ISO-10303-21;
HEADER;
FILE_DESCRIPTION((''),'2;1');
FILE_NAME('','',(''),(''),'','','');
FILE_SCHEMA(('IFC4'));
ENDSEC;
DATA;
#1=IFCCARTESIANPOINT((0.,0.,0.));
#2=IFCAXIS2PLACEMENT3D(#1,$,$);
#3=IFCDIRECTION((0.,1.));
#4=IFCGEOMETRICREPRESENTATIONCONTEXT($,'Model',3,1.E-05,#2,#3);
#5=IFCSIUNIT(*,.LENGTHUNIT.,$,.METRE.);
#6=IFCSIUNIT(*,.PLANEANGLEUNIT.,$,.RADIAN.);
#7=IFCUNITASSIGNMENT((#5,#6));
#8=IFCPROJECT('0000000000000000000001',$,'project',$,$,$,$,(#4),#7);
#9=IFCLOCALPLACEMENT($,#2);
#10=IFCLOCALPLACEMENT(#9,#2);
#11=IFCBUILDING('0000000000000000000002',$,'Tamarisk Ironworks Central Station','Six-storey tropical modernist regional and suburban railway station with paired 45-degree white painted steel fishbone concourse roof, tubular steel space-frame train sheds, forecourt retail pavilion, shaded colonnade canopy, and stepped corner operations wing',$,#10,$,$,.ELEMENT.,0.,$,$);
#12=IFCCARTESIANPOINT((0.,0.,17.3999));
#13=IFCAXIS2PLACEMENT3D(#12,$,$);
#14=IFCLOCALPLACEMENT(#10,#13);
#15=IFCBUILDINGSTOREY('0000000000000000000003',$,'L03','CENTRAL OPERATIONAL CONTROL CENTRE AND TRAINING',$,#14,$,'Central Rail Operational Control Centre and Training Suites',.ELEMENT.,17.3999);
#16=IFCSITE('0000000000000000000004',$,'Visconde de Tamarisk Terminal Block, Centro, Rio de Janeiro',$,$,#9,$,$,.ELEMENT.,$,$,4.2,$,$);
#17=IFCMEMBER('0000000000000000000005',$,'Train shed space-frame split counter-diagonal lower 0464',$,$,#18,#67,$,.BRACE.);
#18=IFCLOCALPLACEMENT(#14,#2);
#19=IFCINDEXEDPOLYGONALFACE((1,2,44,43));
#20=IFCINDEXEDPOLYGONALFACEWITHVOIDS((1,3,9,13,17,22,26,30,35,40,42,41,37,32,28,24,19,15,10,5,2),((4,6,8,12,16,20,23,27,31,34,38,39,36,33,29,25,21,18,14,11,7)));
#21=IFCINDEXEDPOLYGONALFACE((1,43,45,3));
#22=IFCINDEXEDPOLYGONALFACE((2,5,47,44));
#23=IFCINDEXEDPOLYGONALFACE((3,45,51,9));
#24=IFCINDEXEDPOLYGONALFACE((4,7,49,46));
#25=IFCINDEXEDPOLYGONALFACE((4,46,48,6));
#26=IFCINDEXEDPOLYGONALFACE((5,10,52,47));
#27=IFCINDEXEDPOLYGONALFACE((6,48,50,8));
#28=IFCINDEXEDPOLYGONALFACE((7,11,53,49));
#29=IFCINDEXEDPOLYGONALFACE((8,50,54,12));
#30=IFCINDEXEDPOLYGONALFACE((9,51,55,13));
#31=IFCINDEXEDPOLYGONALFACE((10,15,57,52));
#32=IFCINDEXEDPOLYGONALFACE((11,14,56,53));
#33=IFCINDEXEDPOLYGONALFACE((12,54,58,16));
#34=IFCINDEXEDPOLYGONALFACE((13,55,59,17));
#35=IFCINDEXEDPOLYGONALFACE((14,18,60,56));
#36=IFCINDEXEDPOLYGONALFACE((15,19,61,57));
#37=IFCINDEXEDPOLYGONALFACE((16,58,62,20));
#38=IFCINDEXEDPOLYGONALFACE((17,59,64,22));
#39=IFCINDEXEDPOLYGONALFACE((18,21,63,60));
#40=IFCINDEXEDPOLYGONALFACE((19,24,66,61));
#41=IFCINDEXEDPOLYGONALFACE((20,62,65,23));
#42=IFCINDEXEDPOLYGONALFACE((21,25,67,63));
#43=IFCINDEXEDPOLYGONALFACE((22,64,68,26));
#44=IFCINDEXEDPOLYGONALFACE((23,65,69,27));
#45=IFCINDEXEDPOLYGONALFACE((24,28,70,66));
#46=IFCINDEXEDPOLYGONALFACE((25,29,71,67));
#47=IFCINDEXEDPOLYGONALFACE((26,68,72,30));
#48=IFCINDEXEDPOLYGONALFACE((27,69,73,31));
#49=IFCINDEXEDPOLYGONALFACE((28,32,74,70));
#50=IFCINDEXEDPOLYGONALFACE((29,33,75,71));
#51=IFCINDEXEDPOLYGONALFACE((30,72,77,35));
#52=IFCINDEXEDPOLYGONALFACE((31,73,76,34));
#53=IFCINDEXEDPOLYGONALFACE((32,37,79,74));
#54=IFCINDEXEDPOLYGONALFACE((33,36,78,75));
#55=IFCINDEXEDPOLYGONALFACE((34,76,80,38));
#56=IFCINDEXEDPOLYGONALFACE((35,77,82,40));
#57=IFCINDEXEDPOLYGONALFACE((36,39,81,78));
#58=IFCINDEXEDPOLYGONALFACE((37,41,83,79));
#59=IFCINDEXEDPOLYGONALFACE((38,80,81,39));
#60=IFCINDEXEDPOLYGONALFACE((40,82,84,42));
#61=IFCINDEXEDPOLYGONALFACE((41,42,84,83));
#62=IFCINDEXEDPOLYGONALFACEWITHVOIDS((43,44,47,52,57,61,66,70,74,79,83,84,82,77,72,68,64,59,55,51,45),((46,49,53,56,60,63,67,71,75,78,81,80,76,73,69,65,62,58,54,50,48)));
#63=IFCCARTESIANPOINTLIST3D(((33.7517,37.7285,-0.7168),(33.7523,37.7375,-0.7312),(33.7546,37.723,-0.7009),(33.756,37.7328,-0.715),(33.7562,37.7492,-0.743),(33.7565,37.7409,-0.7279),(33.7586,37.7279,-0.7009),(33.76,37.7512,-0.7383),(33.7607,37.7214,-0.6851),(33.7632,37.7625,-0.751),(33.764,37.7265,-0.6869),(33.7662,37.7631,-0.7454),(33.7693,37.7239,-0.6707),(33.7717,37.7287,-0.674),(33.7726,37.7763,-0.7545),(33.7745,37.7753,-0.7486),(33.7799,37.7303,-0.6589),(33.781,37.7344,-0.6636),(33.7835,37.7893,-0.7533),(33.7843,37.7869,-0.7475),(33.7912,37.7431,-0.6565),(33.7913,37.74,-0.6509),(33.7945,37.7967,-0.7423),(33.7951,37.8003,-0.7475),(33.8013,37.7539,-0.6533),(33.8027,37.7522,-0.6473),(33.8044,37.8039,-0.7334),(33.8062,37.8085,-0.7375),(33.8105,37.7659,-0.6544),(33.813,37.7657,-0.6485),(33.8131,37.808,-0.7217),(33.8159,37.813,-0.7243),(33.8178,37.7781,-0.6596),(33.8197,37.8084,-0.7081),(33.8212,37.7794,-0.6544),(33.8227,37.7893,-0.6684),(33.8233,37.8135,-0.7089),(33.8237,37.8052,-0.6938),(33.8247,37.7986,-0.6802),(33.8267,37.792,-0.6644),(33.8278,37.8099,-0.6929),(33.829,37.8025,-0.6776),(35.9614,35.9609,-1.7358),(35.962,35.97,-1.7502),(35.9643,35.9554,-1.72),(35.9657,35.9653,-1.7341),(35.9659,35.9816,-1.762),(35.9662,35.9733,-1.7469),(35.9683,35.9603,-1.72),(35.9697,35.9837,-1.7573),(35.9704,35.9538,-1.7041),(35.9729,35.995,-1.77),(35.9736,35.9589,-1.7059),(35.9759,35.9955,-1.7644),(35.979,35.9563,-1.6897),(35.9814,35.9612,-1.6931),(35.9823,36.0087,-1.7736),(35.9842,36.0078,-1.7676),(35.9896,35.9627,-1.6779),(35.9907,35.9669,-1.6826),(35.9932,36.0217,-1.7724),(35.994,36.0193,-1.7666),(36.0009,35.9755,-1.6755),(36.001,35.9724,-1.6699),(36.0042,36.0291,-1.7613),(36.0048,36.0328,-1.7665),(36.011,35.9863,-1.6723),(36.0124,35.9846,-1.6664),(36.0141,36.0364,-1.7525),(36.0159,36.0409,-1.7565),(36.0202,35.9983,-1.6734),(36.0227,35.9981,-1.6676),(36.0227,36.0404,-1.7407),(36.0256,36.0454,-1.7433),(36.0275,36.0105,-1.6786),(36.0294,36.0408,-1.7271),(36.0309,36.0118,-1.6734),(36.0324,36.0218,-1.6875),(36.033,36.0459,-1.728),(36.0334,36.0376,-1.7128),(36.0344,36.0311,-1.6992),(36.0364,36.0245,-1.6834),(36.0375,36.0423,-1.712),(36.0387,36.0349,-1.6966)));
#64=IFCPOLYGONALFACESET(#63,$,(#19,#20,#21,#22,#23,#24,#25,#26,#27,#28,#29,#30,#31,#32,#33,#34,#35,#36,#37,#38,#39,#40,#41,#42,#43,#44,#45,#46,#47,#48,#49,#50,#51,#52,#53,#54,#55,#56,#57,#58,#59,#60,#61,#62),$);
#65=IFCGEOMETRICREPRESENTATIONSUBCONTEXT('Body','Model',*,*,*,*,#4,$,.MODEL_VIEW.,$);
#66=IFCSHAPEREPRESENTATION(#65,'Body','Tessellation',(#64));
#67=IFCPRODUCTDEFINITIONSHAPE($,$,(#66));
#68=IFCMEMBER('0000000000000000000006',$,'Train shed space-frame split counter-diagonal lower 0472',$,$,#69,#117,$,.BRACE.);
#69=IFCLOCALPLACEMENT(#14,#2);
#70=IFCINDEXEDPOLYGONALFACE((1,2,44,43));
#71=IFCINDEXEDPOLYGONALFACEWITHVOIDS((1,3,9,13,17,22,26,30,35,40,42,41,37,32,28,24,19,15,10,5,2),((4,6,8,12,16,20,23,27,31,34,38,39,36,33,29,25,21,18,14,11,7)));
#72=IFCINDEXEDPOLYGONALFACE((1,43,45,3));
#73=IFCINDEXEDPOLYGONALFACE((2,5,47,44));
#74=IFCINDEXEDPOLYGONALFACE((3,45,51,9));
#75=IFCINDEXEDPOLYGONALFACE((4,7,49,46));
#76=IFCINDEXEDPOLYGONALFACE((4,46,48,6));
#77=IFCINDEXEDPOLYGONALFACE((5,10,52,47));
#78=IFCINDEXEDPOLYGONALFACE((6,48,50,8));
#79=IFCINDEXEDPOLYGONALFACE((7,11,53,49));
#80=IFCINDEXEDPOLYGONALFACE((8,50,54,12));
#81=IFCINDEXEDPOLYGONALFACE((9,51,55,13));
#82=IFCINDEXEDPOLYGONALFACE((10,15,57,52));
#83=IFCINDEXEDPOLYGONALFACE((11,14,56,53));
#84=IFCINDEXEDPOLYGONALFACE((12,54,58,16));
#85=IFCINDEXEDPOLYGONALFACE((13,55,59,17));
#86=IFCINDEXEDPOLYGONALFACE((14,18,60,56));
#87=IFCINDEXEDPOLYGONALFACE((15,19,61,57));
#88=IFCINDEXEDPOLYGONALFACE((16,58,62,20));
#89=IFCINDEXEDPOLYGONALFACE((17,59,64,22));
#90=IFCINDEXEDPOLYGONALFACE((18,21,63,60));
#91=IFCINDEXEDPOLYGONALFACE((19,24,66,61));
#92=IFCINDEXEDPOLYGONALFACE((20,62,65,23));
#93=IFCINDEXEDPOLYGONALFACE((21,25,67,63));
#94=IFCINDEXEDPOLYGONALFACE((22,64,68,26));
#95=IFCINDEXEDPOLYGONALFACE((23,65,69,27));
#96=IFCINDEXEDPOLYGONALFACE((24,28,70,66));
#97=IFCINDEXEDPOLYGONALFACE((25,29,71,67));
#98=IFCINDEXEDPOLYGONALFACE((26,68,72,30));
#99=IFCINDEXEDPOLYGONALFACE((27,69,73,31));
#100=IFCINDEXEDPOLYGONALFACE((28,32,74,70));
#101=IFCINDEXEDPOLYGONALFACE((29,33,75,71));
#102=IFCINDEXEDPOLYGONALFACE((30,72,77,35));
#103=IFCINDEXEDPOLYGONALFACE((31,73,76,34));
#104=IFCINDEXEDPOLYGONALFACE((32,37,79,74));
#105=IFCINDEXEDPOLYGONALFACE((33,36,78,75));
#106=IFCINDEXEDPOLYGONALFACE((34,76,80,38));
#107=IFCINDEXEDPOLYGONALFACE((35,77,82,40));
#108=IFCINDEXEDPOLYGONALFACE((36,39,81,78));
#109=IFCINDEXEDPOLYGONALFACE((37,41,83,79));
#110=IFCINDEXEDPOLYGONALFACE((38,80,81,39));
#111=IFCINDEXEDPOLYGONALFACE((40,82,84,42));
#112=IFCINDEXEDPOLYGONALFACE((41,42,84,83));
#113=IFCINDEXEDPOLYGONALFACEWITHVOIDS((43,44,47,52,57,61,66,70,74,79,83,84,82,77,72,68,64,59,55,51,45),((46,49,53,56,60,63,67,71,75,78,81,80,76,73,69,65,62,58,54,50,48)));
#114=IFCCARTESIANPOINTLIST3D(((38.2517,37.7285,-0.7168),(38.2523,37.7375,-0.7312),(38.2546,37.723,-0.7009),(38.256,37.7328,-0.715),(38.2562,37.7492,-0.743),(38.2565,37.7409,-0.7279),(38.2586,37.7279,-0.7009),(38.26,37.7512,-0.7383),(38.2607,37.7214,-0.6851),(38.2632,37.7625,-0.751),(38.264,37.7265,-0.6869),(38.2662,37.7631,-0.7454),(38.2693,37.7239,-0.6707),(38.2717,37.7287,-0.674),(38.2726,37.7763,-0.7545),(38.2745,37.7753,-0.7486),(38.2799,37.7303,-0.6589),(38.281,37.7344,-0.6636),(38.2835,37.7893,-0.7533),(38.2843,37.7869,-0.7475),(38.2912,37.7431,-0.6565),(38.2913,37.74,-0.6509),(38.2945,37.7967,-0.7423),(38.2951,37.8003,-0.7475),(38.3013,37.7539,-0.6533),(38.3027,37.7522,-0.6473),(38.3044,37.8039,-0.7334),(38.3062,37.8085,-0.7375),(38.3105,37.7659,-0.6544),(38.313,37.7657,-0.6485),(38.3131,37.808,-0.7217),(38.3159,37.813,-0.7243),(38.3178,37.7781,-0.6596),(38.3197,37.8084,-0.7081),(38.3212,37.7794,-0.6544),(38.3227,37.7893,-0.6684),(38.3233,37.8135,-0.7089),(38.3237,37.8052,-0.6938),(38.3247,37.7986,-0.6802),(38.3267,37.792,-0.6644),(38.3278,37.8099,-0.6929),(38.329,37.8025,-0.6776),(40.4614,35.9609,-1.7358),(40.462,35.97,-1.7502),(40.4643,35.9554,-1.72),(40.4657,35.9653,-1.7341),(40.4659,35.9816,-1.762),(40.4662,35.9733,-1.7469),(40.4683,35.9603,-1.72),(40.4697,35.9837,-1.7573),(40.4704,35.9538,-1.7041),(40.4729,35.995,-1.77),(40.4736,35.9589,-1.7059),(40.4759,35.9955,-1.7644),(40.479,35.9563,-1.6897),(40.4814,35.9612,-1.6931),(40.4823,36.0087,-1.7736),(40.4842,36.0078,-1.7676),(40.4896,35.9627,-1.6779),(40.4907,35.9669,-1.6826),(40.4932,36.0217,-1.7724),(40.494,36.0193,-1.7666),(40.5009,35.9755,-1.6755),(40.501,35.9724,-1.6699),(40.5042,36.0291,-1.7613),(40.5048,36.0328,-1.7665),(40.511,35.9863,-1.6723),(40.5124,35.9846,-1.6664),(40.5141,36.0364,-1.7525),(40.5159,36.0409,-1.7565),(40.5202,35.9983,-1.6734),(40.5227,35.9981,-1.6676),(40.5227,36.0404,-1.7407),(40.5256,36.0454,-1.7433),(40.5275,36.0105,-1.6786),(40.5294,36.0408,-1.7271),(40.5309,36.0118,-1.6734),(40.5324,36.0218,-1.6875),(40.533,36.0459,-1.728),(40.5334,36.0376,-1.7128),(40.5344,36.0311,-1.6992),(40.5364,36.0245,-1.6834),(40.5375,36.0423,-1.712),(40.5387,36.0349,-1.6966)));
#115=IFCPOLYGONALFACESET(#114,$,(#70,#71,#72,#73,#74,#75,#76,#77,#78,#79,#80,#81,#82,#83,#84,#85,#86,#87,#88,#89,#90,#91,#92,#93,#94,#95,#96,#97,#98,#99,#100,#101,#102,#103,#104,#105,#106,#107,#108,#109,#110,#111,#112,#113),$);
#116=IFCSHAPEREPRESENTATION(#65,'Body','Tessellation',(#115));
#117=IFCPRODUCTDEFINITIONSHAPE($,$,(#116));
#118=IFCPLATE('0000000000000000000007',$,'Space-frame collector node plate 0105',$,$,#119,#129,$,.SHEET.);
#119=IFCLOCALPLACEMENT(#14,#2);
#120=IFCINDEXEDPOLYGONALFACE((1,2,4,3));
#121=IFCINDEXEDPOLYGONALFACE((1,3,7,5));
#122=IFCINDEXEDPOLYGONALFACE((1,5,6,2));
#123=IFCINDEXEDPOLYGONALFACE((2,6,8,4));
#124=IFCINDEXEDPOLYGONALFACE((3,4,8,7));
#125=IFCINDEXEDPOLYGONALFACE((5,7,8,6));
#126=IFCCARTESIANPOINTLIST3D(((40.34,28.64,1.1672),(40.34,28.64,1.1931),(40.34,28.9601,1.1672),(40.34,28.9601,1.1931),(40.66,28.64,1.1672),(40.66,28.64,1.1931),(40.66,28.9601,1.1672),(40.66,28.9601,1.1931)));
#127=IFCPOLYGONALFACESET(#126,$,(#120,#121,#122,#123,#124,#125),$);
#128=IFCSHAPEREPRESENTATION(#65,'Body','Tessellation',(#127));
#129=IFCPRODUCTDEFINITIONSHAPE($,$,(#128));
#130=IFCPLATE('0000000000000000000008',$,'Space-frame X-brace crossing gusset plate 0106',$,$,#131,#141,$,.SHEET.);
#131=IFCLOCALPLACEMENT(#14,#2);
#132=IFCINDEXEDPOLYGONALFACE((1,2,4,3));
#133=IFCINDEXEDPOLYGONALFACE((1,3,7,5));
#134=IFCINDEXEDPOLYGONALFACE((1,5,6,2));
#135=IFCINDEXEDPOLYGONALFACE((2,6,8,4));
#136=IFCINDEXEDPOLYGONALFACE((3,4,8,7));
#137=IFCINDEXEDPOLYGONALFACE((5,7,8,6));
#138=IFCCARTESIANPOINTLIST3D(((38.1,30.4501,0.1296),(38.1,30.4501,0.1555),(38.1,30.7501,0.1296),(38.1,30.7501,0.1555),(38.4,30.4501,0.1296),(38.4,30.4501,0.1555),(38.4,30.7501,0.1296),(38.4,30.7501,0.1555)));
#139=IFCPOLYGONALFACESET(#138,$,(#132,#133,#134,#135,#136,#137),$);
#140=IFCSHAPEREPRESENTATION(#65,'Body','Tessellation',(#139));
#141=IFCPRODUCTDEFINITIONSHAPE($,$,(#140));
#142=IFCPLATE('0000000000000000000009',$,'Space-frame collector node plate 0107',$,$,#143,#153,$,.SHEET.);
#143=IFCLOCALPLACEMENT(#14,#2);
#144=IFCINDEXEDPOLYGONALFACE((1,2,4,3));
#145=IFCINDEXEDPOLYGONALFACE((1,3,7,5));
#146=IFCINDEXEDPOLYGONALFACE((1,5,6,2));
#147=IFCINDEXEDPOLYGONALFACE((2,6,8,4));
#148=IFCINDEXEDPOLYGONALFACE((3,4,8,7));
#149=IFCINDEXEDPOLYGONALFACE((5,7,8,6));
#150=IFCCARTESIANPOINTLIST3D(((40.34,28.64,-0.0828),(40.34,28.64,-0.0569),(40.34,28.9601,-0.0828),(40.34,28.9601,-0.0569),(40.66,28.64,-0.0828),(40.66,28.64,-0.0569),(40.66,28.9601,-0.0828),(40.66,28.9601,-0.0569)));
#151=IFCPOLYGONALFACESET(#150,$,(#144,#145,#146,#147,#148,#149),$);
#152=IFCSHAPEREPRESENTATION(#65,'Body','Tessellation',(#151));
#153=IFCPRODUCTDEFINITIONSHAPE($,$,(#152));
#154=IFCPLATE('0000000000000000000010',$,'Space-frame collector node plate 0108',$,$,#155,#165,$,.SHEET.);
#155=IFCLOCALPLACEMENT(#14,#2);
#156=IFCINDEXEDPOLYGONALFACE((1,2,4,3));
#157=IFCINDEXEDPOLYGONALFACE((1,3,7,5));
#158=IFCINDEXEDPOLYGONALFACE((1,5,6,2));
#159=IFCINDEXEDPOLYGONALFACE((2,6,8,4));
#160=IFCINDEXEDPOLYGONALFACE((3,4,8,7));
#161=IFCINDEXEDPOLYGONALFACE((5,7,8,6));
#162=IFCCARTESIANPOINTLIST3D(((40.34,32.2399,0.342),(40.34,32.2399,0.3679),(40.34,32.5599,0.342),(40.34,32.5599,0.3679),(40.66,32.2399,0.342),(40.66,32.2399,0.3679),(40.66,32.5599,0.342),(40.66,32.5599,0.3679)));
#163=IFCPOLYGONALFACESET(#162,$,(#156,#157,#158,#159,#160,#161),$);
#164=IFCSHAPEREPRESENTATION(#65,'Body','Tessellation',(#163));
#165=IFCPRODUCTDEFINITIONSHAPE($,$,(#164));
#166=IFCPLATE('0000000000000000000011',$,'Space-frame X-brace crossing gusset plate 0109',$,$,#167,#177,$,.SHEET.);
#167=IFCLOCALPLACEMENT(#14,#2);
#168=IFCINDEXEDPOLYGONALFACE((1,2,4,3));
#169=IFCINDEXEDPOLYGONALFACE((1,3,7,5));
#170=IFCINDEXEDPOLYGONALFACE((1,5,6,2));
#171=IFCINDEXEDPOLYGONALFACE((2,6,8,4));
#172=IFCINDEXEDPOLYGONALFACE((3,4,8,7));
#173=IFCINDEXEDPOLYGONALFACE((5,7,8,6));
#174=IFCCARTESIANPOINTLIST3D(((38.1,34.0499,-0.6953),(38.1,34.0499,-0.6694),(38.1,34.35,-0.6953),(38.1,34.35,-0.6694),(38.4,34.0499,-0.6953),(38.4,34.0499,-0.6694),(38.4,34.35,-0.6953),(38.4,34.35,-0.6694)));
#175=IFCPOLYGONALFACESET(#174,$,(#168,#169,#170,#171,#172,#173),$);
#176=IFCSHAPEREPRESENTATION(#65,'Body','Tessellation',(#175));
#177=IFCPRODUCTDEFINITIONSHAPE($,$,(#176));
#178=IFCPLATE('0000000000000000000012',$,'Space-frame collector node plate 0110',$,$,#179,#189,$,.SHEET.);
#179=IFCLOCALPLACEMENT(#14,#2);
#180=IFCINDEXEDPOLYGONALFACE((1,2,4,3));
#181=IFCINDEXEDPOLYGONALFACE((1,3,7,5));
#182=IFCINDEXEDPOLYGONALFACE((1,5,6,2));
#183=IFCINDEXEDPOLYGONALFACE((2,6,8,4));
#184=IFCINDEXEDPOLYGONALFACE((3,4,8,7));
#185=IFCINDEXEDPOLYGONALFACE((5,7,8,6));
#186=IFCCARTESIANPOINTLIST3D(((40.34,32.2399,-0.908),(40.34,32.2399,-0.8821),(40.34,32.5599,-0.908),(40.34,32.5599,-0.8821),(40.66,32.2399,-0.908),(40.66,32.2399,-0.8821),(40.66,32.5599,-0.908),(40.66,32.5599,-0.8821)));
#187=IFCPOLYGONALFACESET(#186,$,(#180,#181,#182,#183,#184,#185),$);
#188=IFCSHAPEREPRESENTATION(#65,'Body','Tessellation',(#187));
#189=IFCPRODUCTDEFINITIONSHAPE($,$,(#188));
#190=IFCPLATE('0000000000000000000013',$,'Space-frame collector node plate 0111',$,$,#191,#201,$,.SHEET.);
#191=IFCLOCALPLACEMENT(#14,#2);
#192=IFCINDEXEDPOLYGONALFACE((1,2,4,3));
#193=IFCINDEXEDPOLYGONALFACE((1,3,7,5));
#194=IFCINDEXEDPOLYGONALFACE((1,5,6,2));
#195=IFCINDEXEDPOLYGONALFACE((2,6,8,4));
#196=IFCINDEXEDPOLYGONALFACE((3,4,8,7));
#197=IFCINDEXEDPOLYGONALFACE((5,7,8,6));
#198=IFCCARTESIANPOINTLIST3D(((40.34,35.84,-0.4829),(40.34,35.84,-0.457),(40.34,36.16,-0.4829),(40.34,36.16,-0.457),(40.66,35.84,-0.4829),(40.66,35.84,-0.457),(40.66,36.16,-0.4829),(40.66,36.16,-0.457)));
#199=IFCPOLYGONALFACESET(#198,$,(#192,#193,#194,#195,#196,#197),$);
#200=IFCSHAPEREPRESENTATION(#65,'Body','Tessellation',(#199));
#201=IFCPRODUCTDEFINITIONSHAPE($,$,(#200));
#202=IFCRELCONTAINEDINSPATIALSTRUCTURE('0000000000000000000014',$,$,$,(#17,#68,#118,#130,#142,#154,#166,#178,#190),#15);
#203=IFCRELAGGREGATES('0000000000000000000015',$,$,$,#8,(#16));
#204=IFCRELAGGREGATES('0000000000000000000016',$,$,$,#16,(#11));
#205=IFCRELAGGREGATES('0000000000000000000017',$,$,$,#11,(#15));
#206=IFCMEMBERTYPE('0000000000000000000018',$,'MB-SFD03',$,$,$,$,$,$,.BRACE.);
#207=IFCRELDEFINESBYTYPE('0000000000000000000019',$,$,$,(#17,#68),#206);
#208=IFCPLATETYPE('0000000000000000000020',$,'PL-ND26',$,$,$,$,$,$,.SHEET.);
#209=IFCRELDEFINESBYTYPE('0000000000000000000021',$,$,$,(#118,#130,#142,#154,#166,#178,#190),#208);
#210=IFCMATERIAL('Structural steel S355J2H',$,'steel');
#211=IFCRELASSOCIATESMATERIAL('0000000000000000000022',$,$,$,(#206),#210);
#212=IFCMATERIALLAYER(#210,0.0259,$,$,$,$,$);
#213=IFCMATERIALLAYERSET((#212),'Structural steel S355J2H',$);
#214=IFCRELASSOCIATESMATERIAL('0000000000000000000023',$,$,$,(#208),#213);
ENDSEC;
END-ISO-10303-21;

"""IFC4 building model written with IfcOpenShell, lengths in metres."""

from ifc_helpers import new_model, si_unit, direction, frame, origin, origin_2d, place, context, subcontext, project, spatial, rectangle, hollow_circle, extrude, material, layer, layer_set, material_profile, profile_set, type_object, element, save


model = new_model("IFC4")

# Units and contexts
model_context = context("Model", 3, precision=1e-05, world=origin(), true_north=direction((0.0, 1.0)))
body_context = subcontext(model_context, "Body", "Model", "MODEL_VIEW")
ifc_project = project(units=[si_unit("LENGTHUNIT", "METRE"), si_unit("PLANEANGLEUNIT", "RADIAN")], contexts=[model_context])

# Site, building, storey
site_placement = place(None, origin())
site = spatial("IfcSite", under=ifc_project, at=site_placement, Name="Visconde de Tamarisk Terminal Block, Centro, Rio de Janeiro", CompositionType="ELEMENT", RefElevation=4.2)
building_placement = place(site_placement, origin())
building = spatial("IfcBuilding", under=site, at=building_placement, Name="Tamarisk Ironworks Central Station", Description="Six-storey tropical modernist regional and suburban railway station with paired 45-degree white painted steel fishbone concourse roof, tubular steel space-frame train sheds, forecourt retail pavilion, shaded colonnade canopy, and stepped corner operations wing", CompositionType="ELEMENT", ElevationOfRefHeight=0.0)
storey_placement = place(building_placement, frame((0.0, 0.0, 17.3999)))
storey = spatial("IfcBuildingStorey", under=building, at=storey_placement, Name="L03", Description="CENTRAL OPERATIONAL CONTROL CENTRE AND TRAINING", LongName="Central Rail Operational Control Centre and Training Suites", CompositionType="ELEMENT", Elevation=17.3999)

# Members
ifc_material_1 = material(Name="Structural steel S355J2H", Category="steel")
ifc_material_profile_1 = material_profile(ifc_material_1, hollow_circle(Radius=0.0571, WallThickness=0.0063, at=origin_2d()), Name="CHS 114.3x6.3")
ifc_profile_set_1 = profile_set([ifc_material_profile_1], Name="Structural steel S355J2H")
member_type_1 = type_object("IfcMemberType", Name="MB-SFD03", PredefinedType="BRACE", material=ifc_profile_set_1)
for number, where, z_axis, x_axis, name in (
    (1, (36.0, 36.0, -1.72), (-0.734712, 0.587705, 0.338823), (-0.624653, -0.780902, 0.0), "Train shed space-frame split counter-diagonal lower 0464"),
    (2, (40.5, 36.0, -1.72), (-0.734712, 0.587705, 0.338823), (-0.624653, -0.780902, 0.0), "Train shed space-frame split counter-diagonal lower 0472"),
):
    element("IfcMember", number, at=place(storey_placement, frame(where, z_axis=z_axis, x_axis=x_axis)), inside=storey, type_object=member_type_1, Name=name, PredefinedType="BRACE", context=body_context, shape_type="SweptSolid", body=[
        extrude(hollow_circle(Radius=0.0571, WallThickness=0.0063, at=origin_2d()), origin(), (0.0, 0.0, 1.0), 3.0076),
    ])

# Plates
ifc_layer = layer(ifc_material_1, 0.0259)
ifc_layer_set = layer_set([ifc_layer], Name="Structural steel S355J2H")
plate_type = type_object("IfcPlateType", Name="PL-ND26", PredefinedType="SHEET", material=ifc_layer_set)
plate_1_placement = place(storey_placement, frame((40.5, 28.8, 1.1672), z_axis=(0.0, 0.0, 1.0), x_axis=(1.0, 0.0, 0.0)))
element("IfcPlate", 3, at=plate_1_placement, inside=storey, type_object=plate_type, Name="Space-frame collector node plate 0105", PredefinedType="SHEET", context=body_context, shape_type="SweptSolid", body=[
    extrude(rectangle(XDim=0.3201, YDim=0.3201, at=origin_2d()), origin(), (0.0, 0.0, 1.0), 0.0259),
])
plate_2_placement = place(storey_placement, frame((38.25, 30.6001, 0.1296), z_axis=(0.0, 0.0, 1.0), x_axis=(1.0, 0.0, 0.0)))
element("IfcPlate", 4, at=plate_2_placement, inside=storey, type_object=plate_type, Name="Space-frame X-brace crossing gusset plate 0106", PredefinedType="SHEET", context=body_context, shape_type="SweptSolid", body=[
    extrude(rectangle(XDim=0.3, YDim=0.3, at=origin_2d()), origin(), (0.0, 0.0, 1.0), 0.0259),
])
for number, where, z_axis, x_axis, name in (
    (5, (40.5, 28.8, -0.0828), (0.0, 0.0, 1.0), (1.0, 0.0, 0.0), "Space-frame collector node plate 0107"),
    (6, (40.5, 32.3999, 0.342), (0.0, 0.0, 1.0), (1.0, 0.0, 0.0), "Space-frame collector node plate 0108"),
):
    element("IfcPlate", number, at=place(storey_placement, frame(where, z_axis=z_axis, x_axis=x_axis)), inside=storey, type_object=plate_type, Name=name, PredefinedType="SHEET", context=body_context, shape_type="SweptSolid", body=[
        extrude(rectangle(XDim=0.3201, YDim=0.3201, at=origin_2d()), origin(), (0.0, 0.0, 1.0), 0.0259),
    ])
plate_3_placement = place(storey_placement, frame((38.25, 34.2, -0.6953), z_axis=(0.0, 0.0, 1.0), x_axis=(1.0, 0.0, 0.0)))
element("IfcPlate", 7, at=plate_3_placement, inside=storey, type_object=plate_type, Name="Space-frame X-brace crossing gusset plate 0109", PredefinedType="SHEET", context=body_context, shape_type="SweptSolid", body=[
    extrude(rectangle(XDim=0.3, YDim=0.3, at=origin_2d()), origin(), (0.0, 0.0, 1.0), 0.0259),
])
for number, where, z_axis, x_axis, name in (
    (8, (40.5, 32.3999, -0.908), (0.0, 0.0, 1.0), (1.0, 0.0, 0.0), "Space-frame collector node plate 0110"),
    (9, (40.5, 36.0, -0.4829), (0.0, 0.0, 1.0), (1.0, 0.0, 0.0), "Space-frame collector node plate 0111"),
):
    element("IfcPlate", number, at=place(storey_placement, frame(where, z_axis=z_axis, x_axis=x_axis)), inside=storey, type_object=plate_type, Name=name, PredefinedType="SHEET", context=body_context, shape_type="SweptSolid", body=[
        extrude(rectangle(XDim=0.3201, YDim=0.3201, at=origin_2d()), origin(), (0.0, 0.0, 1.0), 0.0259),
    ])

save(model, "model.ifc")
